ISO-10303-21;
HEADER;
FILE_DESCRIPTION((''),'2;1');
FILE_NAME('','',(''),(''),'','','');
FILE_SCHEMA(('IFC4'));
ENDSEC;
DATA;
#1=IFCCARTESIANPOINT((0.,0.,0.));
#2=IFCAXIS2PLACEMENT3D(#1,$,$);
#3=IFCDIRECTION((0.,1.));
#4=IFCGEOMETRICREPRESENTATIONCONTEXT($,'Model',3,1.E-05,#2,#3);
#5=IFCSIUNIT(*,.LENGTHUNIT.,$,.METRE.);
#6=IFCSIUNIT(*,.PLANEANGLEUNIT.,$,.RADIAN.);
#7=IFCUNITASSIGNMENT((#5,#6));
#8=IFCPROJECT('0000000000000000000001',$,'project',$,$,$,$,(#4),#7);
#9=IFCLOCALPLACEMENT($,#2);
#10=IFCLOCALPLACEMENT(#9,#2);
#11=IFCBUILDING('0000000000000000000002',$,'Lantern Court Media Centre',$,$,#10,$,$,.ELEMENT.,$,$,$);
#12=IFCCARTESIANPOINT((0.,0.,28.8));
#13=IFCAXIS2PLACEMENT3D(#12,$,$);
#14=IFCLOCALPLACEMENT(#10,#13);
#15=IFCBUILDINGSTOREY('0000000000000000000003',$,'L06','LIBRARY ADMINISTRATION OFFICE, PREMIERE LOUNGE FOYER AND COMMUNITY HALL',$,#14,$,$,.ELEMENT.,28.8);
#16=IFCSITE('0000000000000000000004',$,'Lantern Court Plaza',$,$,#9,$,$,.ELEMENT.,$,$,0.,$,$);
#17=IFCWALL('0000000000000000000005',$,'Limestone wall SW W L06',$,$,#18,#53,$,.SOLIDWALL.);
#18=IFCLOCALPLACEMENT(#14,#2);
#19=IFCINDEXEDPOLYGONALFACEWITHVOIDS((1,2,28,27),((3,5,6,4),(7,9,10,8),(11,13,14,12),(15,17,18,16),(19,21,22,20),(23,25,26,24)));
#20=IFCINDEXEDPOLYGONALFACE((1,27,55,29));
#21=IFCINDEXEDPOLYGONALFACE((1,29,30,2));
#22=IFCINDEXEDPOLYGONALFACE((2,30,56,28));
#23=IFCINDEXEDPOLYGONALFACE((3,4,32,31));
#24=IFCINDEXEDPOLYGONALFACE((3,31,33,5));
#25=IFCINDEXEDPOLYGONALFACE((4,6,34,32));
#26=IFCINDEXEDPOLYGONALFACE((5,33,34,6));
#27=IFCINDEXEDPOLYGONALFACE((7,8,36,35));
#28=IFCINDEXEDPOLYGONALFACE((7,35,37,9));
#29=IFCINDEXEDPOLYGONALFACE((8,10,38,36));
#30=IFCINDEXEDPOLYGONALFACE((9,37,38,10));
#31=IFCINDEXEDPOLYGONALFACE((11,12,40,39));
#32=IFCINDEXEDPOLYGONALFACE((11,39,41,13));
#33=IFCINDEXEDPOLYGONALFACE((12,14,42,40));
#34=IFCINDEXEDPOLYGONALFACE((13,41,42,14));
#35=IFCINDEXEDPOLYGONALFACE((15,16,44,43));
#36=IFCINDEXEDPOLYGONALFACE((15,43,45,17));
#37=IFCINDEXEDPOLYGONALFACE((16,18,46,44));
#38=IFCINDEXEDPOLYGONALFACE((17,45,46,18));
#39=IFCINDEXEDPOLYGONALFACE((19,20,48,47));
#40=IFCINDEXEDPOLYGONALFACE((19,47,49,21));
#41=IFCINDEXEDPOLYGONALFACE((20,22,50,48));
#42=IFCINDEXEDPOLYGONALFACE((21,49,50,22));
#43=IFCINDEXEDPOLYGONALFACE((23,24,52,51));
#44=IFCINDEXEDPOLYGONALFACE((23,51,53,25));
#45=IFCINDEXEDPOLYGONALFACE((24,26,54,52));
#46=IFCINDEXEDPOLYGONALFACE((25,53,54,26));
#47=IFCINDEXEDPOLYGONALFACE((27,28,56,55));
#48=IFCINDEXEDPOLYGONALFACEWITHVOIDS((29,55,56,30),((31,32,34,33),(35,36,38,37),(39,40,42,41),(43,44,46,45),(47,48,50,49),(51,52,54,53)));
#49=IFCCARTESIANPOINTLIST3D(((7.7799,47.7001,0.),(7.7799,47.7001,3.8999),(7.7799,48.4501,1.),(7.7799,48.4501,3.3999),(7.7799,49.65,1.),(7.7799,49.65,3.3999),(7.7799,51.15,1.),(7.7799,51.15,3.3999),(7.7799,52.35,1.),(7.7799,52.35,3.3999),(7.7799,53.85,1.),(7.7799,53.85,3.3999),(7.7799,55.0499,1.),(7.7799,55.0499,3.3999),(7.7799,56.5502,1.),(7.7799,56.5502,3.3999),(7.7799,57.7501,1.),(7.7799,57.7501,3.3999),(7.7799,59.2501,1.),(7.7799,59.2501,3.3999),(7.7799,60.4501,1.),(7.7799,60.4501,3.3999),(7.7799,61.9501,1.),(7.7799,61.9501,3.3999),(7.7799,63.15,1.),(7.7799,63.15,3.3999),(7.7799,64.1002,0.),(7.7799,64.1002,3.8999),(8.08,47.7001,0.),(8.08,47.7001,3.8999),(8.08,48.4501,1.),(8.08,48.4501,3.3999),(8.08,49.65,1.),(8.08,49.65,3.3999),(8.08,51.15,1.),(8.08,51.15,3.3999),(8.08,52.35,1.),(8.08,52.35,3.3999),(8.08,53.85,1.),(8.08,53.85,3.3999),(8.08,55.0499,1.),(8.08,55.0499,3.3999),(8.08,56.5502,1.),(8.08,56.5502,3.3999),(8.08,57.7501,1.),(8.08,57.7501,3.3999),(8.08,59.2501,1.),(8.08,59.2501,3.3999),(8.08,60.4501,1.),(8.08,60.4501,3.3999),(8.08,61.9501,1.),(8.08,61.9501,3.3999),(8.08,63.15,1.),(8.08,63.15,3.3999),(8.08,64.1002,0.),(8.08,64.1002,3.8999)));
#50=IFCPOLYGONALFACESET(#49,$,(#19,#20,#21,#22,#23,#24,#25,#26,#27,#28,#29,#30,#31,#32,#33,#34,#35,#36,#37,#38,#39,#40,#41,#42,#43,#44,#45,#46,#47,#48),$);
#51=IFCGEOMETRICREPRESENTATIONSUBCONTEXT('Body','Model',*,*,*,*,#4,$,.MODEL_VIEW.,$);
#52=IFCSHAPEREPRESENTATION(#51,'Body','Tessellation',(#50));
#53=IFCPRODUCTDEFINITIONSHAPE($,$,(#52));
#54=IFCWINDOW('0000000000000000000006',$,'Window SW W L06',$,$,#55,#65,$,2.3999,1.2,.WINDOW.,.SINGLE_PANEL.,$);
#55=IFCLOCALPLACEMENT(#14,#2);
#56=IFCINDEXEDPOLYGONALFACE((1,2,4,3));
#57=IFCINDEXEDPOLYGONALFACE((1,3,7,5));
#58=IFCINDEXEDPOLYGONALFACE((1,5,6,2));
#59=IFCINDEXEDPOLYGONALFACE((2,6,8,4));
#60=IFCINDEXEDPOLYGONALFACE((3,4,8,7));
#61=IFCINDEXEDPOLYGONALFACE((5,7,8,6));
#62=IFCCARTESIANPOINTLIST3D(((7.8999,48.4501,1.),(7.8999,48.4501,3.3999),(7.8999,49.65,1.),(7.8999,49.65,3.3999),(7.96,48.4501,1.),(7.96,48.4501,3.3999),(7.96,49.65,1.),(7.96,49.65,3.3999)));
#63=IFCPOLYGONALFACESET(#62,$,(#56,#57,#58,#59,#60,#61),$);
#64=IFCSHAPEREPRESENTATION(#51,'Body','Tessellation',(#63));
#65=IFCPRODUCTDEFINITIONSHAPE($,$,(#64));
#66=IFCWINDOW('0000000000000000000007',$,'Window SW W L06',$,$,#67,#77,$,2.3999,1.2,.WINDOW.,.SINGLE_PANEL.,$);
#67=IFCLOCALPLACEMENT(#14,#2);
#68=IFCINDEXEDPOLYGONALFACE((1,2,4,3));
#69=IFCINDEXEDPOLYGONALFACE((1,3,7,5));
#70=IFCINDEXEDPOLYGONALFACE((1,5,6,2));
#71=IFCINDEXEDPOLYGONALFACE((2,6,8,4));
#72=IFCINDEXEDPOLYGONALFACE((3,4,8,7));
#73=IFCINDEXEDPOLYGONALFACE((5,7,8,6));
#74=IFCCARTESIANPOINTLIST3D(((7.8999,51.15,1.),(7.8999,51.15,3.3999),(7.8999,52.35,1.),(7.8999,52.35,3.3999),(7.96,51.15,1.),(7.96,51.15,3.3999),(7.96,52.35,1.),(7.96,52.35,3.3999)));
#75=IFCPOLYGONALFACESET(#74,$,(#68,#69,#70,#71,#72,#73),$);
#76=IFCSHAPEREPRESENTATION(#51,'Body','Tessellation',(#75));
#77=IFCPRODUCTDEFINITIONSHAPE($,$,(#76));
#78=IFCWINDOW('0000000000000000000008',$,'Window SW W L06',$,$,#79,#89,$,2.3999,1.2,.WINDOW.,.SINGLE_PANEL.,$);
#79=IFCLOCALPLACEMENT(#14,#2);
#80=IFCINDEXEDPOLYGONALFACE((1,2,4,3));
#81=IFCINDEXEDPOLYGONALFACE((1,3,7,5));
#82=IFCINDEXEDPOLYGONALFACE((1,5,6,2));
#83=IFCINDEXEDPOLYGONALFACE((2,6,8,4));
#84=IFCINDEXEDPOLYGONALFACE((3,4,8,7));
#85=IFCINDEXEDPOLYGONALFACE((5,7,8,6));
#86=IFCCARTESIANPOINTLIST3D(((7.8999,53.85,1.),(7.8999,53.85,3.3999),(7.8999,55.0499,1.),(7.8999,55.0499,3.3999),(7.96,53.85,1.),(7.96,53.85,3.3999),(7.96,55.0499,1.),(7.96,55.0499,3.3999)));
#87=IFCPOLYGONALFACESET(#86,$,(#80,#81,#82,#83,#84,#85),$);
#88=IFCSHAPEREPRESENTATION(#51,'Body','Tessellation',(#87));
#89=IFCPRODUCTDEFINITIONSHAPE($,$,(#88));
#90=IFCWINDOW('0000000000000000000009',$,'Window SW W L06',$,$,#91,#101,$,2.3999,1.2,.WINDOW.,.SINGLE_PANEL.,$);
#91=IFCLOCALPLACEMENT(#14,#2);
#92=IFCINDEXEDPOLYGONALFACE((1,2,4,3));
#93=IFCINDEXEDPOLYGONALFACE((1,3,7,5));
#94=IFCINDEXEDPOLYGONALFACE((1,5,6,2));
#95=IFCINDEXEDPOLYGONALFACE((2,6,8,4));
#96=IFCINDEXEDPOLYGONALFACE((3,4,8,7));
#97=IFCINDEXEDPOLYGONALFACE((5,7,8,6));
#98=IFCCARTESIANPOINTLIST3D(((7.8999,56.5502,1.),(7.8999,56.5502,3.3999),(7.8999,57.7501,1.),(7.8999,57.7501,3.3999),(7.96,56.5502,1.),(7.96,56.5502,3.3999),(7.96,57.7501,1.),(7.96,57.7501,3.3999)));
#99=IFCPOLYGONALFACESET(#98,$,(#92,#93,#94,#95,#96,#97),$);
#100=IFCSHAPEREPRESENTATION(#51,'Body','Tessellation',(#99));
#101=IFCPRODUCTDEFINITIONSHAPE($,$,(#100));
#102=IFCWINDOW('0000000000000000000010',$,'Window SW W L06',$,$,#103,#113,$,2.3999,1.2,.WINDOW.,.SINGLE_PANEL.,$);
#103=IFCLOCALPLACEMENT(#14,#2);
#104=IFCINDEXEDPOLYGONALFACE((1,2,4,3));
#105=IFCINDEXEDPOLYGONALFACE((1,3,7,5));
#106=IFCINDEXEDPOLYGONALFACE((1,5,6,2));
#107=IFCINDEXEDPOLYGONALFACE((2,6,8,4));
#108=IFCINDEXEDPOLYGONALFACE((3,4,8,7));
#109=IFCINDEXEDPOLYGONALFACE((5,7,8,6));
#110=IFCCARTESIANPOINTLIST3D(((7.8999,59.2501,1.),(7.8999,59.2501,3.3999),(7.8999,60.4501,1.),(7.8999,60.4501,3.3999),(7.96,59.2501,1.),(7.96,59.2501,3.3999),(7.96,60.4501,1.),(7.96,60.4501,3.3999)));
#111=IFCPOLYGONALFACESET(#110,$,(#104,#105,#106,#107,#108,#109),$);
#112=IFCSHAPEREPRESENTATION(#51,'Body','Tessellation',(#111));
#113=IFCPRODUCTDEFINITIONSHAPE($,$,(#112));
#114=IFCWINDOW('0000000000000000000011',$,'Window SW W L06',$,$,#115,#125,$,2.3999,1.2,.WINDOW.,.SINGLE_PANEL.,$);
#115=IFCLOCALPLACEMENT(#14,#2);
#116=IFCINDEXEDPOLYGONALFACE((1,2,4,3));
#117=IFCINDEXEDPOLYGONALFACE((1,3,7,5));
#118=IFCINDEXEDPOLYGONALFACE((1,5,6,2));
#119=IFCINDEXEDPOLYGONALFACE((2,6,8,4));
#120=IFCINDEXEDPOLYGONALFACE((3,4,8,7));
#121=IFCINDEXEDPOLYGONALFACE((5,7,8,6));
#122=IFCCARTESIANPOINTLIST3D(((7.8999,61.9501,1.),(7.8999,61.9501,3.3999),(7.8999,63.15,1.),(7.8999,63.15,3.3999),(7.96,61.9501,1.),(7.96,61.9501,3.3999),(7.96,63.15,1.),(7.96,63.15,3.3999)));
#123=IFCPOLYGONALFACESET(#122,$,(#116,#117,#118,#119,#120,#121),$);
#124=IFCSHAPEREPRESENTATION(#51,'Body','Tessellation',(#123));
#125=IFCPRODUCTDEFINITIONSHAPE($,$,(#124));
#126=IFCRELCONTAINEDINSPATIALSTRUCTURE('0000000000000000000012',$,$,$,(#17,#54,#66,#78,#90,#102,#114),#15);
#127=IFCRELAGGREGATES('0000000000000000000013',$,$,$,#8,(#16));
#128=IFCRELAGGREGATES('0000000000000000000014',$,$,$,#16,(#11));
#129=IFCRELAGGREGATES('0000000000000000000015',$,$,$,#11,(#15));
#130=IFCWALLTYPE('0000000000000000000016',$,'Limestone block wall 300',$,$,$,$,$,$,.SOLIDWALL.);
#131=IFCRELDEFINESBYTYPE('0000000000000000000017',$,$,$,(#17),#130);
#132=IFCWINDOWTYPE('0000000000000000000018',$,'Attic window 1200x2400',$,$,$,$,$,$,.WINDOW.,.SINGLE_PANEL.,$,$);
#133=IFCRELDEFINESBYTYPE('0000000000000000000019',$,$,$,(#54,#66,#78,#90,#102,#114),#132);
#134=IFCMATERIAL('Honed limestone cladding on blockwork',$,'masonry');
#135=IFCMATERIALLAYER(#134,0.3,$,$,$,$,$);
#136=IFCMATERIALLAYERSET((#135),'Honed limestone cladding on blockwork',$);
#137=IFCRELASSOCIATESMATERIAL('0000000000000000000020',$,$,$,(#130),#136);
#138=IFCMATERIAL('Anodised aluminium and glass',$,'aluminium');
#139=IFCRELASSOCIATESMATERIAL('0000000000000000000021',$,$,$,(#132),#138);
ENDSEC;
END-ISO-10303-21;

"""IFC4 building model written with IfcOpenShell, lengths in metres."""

from ifc_helpers import new_model, si_unit, direction, frame, frame_2d, origin, place, context, subcontext, project, spatial, rectangle, extrude, material, layer, layer_set, type_object, element, fill, save


model = new_model("IFC4")

# Units and contexts
model_context = context("Model", 3, precision=1e-05, world=origin(), true_north=direction((0.0, 1.0)))
body_context = subcontext(model_context, "Body", "Model", "MODEL_VIEW")
ifc_project = project(units=[si_unit("LENGTHUNIT", "METRE"), si_unit("PLANEANGLEUNIT", "RADIAN")], contexts=[model_context])

# Site, building, storey
site_placement = place(None, origin())
site = spatial("IfcSite", under=ifc_project, at=site_placement, Name="Lantern Court Plaza", CompositionType="ELEMENT", RefElevation=0.0)
building_placement = place(site_placement, origin())
building = spatial("IfcBuilding", under=site, at=building_placement, Name="Lantern Court Media Centre", CompositionType="ELEMENT")
storey_placement = place(building_placement, frame((0.0, 0.0, 28.8)))
storey = spatial("IfcBuildingStorey", under=building, at=storey_placement, Name="L06", Description="LIBRARY ADMINISTRATION OFFICE, PREMIERE LOUNGE FOYER AND COMMUNITY HALL", CompositionType="ELEMENT", Elevation=28.8)

# Wall, openings, windows
ifc_material_1 = material(Name="Honed limestone cladding on blockwork", Category="masonry")
ifc_layer_1 = layer(ifc_material_1, 0.3)
ifc_layer_set_1 = layer_set([ifc_layer_1], Name="Honed limestone cladding on blockwork")
wall_type_1 = type_object("IfcWallType", Name="Limestone block wall 300", PredefinedType="SOLIDWALL", material=ifc_layer_set_1)
wall_1_placement = place(storey_placement, frame((7.9299, 47.7, 0.0), z_axis=(0.0, 0.0, 1.0), x_axis=(0.0, 1.0, 0.0)))
wall_1 = element("IfcWall", 1, at=wall_1_placement, inside=storey, type_object=wall_type_1, Name="Limestone wall SW W L06", PredefinedType="SOLIDWALL", context=body_context, shape_type="SweptSolid", body=[
    extrude(rectangle(XDim=16.4001, YDim=0.3, at=frame_2d((8.2002, 0.0))), origin(), (0.0, 0.0, 1.0), 3.8999),
])
opening_1_placement = place(wall_1_placement, frame((0.75, 0.0, 1.0)))
opening_1 = element("IfcOpeningElement", 2, at=opening_1_placement, cuts=wall_1, PredefinedType="OPENING", context=body_context, shape_type="SweptSolid", body=[
    extrude(rectangle(XDim=1.2, YDim=2.3999, at=frame_2d((0.6001, 1.2))), frame((0.0, 0.1599, 0.0), z_axis=(0.0, -1.0, 0.0), x_axis=(1.0, 0.0, 0.0)), (0.0, 0.0, 1.0), 0.3201),
])
opening_2_placement = place(wall_1_placement, frame((3.45, 0.0, 1.0)))
opening_2 = element("IfcOpeningElement", 3, at=opening_2_placement, cuts=wall_1, PredefinedType="OPENING", context=body_context, shape_type="SweptSolid", body=[
    extrude(rectangle(XDim=1.2, YDim=2.3999, at=frame_2d((0.6001, 1.2))), frame((0.0, 0.1599, 0.0), z_axis=(0.0, -1.0, 0.0), x_axis=(1.0, 0.0, 0.0)), (0.0, 0.0, 1.0), 0.3201),
])
opening_3_placement = place(wall_1_placement, frame((6.1499, 0.0, 1.0)))
opening_3 = element("IfcOpeningElement", 4, at=opening_3_placement, cuts=wall_1, PredefinedType="OPENING", context=body_context, shape_type="SweptSolid", body=[
    extrude(rectangle(XDim=1.2, YDim=2.3999, at=frame_2d((0.6001, 1.2))), frame((0.0, 0.1599, 0.0), z_axis=(0.0, -1.0, 0.0), x_axis=(1.0, 0.0, 0.0)), (0.0, 0.0, 1.0), 0.3201),
])
opening_4_placement = place(wall_1_placement, frame((8.8501, 0.0, 1.0)))
opening_4 = element("IfcOpeningElement", 5, at=opening_4_placement, cuts=wall_1, PredefinedType="OPENING", context=body_context, shape_type="SweptSolid", body=[
    extrude(rectangle(XDim=1.2, YDim=2.3999, at=frame_2d((0.6001, 1.2))), frame((0.0, 0.1599, 0.0), z_axis=(0.0, -1.0, 0.0), x_axis=(1.0, 0.0, 0.0)), (0.0, 0.0, 1.0), 0.3201),
])
opening_5_placement = place(wall_1_placement, frame((11.55, 0.0, 1.0)))
opening_5 = element("IfcOpeningElement", 6, at=opening_5_placement, cuts=wall_1, PredefinedType="OPENING", context=body_context, shape_type="SweptSolid", body=[
    extrude(rectangle(XDim=1.2, YDim=2.3999, at=frame_2d((0.6001, 1.2))), frame((0.0, 0.1599, 0.0), z_axis=(0.0, -1.0, 0.0), x_axis=(1.0, 0.0, 0.0)), (0.0, 0.0, 1.0), 0.3201),
])
opening_6_placement = place(wall_1_placement, frame((14.25, 0.0, 1.0)))
opening_6 = element("IfcOpeningElement", 7, at=opening_6_placement, cuts=wall_1, PredefinedType="OPENING", context=body_context, shape_type="SweptSolid", body=[
    extrude(rectangle(XDim=1.2, YDim=2.3999, at=frame_2d((0.6001, 1.2))), frame((0.0, 0.1599, 0.0), z_axis=(0.0, -1.0, 0.0), x_axis=(1.0, 0.0, 0.0)), (0.0, 0.0, 1.0), 0.3201),
])
ifc_material_2 = material(Name="Anodised aluminium and glass", Category="aluminium")
window_type = type_object("IfcWindowType", Name="Attic window 1200x2400", PartitioningType="SINGLE_PANEL", PredefinedType="WINDOW", material=ifc_material_2)
window_1_placement = place(opening_1_placement, origin())
window_1 = element("IfcWindow", 8, at=window_1_placement, inside=storey, type_object=window_type, Name="Window SW W L06", OverallHeight=2.3999, OverallWidth=1.2, PartitioningType="SINGLE_PANEL", PredefinedType="WINDOW", context=body_context, shape_type="SweptSolid", body=[
    extrude(rectangle(XDim=1.2, YDim=2.3999, at=frame_2d((0.6001, 1.2))), frame((0.0, 0.03, 0.0), z_axis=(0.0, -1.0, 0.0), x_axis=(1.0, 0.0, 0.0)), (0.0, 0.0, 1.0), 0.0601),
])
fill(opening_1, window_1)
window_2_placement = place(opening_2_placement, origin())
window_2 = element("IfcWindow", 9, at=window_2_placement, inside=storey, type_object=window_type, Name="Window SW W L06", OverallHeight=2.3999, OverallWidth=1.2, PartitioningType="SINGLE_PANEL", PredefinedType="WINDOW", context=body_context, shape_type="SweptSolid", body=[
    extrude(rectangle(XDim=1.2, YDim=2.3999, at=frame_2d((0.6001, 1.2))), frame((0.0, 0.03, 0.0), z_axis=(0.0, -1.0, 0.0), x_axis=(1.0, 0.0, 0.0)), (0.0, 0.0, 1.0), 0.0601),
])
fill(opening_2, window_2)
window_3_placement = place(opening_3_placement, origin())
window_3 = element("IfcWindow", 10, at=window_3_placement, inside=storey, type_object=window_type, Name="Window SW W L06", OverallHeight=2.3999, OverallWidth=1.2, PartitioningType="SINGLE_PANEL", PredefinedType="WINDOW", context=body_context, shape_type="SweptSolid", body=[
    extrude(rectangle(XDim=1.2, YDim=2.3999, at=frame_2d((0.6001, 1.2))), frame((0.0, 0.03, 0.0), z_axis=(0.0, -1.0, 0.0), x_axis=(1.0, 0.0, 0.0)), (0.0, 0.0, 1.0), 0.0601),
])
fill(opening_3, window_3)
window_4_placement = place(opening_4_placement, origin())
window_4 = element("IfcWindow", 11, at=window_4_placement, inside=storey, type_object=window_type, Name="Window SW W L06", OverallHeight=2.3999, OverallWidth=1.2, PartitioningType="SINGLE_PANEL", PredefinedType="WINDOW", context=body_context, shape_type="SweptSolid", body=[
    extrude(rectangle(XDim=1.2, YDim=2.3999, at=frame_2d((0.6001, 1.2))), frame((0.0, 0.03, 0.0), z_axis=(0.0, -1.0, 0.0), x_axis=(1.0, 0.0, 0.0)), (0.0, 0.0, 1.0), 0.0601),
])
fill(opening_4, window_4)
window_5_placement = place(opening_5_placement, origin())
window_5 = element("IfcWindow", 12, at=window_5_placement, inside=storey, type_object=window_type, Name="Window SW W L06", OverallHeight=2.3999, OverallWidth=1.2, PartitioningType="SINGLE_PANEL", PredefinedType="WINDOW", context=body_context, shape_type="SweptSolid", body=[
    extrude(rectangle(XDim=1.2, YDim=2.3999, at=frame_2d((0.6001, 1.2))), frame((0.0, 0.03, 0.0), z_axis=(0.0, -1.0, 0.0), x_axis=(1.0, 0.0, 0.0)), (0.0, 0.0, 1.0), 0.0601),
])
fill(opening_5, window_5)
window_6_placement = place(opening_6_placement, origin())
window_6 = element("IfcWindow", 13, at=window_6_placement, inside=storey, type_object=window_type, Name="Window SW W L06", OverallHeight=2.3999, OverallWidth=1.2, PartitioningType="SINGLE_PANEL", PredefinedType="WINDOW", context=body_context, shape_type="SweptSolid", body=[
    extrude(rectangle(XDim=1.2, YDim=2.3999, at=frame_2d((0.6001, 1.2))), frame((0.0, 0.03, 0.0), z_axis=(0.0, -1.0, 0.0), x_axis=(1.0, 0.0, 0.0)), (0.0, 0.0, 1.0), 0.0601),
])
fill(opening_6, window_6)

save(model, "model.ifc")
